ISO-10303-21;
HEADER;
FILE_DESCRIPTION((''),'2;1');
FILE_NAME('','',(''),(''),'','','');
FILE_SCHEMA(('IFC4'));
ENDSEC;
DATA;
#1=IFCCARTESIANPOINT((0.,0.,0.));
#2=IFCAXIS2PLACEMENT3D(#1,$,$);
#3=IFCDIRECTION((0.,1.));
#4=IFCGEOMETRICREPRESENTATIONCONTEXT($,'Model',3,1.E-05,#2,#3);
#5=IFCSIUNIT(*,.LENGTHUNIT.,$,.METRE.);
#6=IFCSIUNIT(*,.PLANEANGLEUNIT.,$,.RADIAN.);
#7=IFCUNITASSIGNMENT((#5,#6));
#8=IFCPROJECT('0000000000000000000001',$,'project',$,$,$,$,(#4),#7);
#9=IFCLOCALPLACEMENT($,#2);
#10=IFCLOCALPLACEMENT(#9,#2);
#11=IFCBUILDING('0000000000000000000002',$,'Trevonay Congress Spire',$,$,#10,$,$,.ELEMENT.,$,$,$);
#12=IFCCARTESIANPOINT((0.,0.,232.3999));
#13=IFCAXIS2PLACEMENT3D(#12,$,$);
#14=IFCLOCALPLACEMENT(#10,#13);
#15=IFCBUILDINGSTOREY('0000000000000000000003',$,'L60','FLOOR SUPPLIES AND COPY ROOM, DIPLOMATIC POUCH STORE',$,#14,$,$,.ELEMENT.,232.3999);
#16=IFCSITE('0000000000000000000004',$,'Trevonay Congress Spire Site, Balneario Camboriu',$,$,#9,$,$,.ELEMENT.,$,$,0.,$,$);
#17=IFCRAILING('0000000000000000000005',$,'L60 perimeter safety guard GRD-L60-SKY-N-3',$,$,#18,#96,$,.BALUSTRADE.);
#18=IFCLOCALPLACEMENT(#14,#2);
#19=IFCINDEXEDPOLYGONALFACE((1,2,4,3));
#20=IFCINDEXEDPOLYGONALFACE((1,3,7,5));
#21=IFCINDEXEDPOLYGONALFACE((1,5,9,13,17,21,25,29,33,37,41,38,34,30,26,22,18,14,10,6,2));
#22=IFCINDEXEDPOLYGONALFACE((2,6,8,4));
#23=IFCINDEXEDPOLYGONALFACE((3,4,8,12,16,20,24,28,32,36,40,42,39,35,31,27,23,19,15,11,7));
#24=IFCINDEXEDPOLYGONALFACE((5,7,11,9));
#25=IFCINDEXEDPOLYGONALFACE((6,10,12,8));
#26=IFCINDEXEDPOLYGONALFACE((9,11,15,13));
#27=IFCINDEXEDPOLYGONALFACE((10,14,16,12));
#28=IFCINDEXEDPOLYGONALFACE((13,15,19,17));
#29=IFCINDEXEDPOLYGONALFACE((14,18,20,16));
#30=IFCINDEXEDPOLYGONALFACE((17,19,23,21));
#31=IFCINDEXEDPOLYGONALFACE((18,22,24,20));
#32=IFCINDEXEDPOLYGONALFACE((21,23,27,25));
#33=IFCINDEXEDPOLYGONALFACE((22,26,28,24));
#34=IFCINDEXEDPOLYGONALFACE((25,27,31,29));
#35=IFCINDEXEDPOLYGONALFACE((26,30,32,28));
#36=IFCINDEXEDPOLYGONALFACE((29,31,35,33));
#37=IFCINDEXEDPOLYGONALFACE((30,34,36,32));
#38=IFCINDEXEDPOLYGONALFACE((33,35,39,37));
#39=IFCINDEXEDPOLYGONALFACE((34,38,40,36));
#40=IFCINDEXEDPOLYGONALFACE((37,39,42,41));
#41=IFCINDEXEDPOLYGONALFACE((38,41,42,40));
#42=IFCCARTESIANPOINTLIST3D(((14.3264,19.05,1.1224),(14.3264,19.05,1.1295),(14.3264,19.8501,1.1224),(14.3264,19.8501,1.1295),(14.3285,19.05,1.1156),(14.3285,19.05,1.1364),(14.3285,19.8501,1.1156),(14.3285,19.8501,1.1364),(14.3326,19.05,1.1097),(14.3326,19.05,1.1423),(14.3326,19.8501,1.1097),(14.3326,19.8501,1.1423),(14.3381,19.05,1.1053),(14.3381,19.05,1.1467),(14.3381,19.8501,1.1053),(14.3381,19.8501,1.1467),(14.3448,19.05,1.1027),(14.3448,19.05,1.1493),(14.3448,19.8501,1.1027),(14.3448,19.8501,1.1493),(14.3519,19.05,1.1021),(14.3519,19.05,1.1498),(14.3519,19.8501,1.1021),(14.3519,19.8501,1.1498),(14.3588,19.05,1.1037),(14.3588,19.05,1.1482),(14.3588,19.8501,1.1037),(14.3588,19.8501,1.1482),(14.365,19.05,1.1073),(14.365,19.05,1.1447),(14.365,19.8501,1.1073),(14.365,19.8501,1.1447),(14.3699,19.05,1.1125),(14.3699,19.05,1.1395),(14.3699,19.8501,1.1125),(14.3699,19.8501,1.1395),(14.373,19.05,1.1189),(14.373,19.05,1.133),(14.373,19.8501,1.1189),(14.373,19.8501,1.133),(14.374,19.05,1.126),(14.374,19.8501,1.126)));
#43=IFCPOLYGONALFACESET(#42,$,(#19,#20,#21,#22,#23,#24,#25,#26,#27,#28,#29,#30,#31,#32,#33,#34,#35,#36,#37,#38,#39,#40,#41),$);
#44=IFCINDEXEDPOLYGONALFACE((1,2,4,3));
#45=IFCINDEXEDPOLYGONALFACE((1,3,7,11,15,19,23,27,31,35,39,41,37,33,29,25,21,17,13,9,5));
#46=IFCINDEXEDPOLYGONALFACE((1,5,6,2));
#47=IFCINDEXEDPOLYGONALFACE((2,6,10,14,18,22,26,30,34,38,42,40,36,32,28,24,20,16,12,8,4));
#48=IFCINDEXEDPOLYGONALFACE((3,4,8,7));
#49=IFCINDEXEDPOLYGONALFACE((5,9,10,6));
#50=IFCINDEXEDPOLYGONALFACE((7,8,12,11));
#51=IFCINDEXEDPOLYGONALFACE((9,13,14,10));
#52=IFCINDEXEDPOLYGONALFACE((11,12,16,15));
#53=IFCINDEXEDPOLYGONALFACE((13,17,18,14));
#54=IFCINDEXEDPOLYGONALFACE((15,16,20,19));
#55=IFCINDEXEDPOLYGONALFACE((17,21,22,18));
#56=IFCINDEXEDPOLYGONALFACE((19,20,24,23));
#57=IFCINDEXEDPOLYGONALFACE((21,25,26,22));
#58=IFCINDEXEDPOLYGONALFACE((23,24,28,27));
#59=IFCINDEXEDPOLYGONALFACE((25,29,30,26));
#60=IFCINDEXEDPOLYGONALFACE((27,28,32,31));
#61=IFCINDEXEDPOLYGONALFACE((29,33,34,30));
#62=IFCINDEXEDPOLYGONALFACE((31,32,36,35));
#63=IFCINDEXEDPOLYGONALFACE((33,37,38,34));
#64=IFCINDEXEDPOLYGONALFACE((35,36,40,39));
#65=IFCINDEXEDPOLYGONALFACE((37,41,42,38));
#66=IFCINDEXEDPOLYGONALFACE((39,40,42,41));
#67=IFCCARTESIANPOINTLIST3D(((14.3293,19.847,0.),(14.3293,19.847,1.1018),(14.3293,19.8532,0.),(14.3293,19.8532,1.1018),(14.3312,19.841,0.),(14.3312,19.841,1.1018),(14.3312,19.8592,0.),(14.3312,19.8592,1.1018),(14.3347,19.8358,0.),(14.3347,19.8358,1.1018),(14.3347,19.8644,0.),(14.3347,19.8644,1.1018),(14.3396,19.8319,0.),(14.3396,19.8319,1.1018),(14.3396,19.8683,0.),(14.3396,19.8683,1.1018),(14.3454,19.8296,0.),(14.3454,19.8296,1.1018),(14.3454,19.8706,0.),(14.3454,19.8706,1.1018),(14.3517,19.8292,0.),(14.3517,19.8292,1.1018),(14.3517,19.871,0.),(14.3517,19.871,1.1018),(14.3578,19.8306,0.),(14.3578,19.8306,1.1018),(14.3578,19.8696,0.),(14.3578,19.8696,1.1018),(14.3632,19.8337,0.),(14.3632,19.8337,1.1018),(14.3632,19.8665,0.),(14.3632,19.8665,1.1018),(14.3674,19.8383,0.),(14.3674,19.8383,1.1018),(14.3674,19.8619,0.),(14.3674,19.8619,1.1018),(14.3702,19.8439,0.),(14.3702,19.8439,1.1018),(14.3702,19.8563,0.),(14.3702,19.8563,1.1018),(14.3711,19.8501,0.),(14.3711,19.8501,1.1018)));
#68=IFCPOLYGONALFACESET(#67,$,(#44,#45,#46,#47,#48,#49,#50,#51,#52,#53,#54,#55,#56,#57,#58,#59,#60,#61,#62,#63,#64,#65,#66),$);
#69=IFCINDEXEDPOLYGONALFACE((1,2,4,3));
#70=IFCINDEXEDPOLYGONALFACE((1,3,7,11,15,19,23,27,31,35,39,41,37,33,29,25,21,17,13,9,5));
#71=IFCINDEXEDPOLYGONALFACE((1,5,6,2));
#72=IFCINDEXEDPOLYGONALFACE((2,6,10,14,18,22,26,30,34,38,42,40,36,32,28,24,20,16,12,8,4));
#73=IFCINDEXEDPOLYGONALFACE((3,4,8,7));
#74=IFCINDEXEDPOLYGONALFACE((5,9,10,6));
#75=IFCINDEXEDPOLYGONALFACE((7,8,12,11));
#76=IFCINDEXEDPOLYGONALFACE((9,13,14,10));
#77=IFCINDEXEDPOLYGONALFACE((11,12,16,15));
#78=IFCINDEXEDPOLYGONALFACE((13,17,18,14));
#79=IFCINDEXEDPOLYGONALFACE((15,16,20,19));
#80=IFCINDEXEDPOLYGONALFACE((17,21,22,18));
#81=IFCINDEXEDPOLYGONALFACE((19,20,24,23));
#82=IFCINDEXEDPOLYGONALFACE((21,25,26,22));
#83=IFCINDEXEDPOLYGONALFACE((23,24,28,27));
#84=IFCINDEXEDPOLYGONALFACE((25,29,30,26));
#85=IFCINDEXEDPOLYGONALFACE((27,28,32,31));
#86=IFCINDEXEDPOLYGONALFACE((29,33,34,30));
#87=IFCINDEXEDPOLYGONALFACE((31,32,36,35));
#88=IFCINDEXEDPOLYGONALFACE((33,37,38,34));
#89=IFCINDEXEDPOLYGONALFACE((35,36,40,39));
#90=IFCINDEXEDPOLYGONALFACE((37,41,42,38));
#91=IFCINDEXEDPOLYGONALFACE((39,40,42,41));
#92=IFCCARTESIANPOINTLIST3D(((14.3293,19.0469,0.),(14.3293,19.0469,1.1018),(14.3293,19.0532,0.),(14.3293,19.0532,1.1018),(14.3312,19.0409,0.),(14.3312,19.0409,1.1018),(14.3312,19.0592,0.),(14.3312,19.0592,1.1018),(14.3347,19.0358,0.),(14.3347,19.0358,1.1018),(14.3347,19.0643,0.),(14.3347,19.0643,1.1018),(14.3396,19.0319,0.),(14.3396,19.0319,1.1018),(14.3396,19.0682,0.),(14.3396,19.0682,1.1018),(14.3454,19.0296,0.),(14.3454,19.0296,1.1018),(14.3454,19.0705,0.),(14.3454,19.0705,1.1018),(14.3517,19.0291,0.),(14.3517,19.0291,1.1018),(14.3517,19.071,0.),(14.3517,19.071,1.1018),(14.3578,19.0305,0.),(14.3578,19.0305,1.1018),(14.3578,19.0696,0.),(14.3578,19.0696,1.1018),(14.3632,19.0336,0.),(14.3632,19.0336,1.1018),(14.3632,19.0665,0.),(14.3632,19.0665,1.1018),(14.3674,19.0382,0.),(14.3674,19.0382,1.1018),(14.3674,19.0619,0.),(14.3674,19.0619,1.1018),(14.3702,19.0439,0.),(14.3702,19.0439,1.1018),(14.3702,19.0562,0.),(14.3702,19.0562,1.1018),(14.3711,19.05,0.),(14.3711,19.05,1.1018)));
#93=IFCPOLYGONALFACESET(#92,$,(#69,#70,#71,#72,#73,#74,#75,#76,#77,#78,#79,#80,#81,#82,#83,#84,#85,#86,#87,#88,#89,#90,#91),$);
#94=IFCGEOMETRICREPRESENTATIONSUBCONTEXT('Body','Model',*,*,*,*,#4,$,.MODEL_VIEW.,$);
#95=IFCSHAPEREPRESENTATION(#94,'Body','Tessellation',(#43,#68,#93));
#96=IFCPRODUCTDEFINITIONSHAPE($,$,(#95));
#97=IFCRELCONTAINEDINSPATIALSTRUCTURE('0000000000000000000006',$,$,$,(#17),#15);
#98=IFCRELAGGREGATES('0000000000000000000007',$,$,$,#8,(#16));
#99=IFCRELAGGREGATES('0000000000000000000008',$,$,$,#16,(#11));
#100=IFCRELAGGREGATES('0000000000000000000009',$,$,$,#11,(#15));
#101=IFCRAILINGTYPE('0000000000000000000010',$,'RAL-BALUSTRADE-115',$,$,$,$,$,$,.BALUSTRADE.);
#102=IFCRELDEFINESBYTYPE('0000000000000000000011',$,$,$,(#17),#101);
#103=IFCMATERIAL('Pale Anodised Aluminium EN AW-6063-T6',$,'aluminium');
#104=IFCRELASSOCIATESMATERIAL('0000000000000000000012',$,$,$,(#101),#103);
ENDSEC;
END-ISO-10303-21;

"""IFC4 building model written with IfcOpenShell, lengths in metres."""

from ifc_helpers import new_model, si_unit, direction, frame, origin, origin_2d, place, context, subcontext, project, spatial, circle, extrude, material, type_object, element, save


model = new_model("IFC4")

# Units and contexts
model_context = context("Model", 3, precision=1e-05, world=origin(), true_north=direction((0.0, 1.0)))
body_context = subcontext(model_context, "Body", "Model", "MODEL_VIEW")
ifc_project = project(units=[si_unit("LENGTHUNIT", "METRE"), si_unit("PLANEANGLEUNIT", "RADIAN")], contexts=[model_context])

# Site, building, storey
site_placement = place(None, origin())
site = spatial("IfcSite", under=ifc_project, at=site_placement, Name="Trevonay Congress Spire Site, Balneario Camboriu", CompositionType="ELEMENT", RefElevation=0.0)
building_placement = place(site_placement, origin())
building = spatial("IfcBuilding", under=site, at=building_placement, Name="Trevonay Congress Spire", CompositionType="ELEMENT")
storey_placement = place(building_placement, frame((0.0, 0.0, 232.3999)))
storey = spatial("IfcBuildingStorey", under=building, at=storey_placement, Name="L60", Description="FLOOR SUPPLIES AND COPY ROOM, DIPLOMATIC POUCH STORE", CompositionType="ELEMENT", Elevation=232.3999)

# Shared definitions
ifc_material_1 = material(Name="Pale Anodised Aluminium EN AW-6063-T6", Category="aluminium")

# Railing
railing_type = type_object("IfcRailingType", Name="RAL-BALUSTRADE-115", PredefinedType="BALUSTRADE", material=ifc_material_1)
railing_placement = place(storey_placement, frame((14.3501, 19.8501, 0.0)))
element("IfcRailing", 1, at=railing_placement, inside=storey, type_object=railing_type, Name="L60 perimeter safety guard GRD-L60-SKY-N-3", PredefinedType="BALUSTRADE", context=body_context, shape_type="SweptSolid", body=[
    extrude(circle(Radius=0.0239, at=origin_2d()), frame((0.0, 0.0, 1.126), z_axis=(0.0, -1.0, 0.0), x_axis=(1.0, 0.0, 0.0)), (0.0, 0.0, 1.0), 0.8),
    extrude(circle(Radius=0.021, at=origin_2d()), origin(), (0.0, 0.0, 1.0), 1.1018),
    extrude(circle(Radius=0.021, at=origin_2d()), frame((0.0, -0.8, 0.0)), (0.0, 0.0, 1.0), 1.1018),
])

save(model, "model.ifc")
